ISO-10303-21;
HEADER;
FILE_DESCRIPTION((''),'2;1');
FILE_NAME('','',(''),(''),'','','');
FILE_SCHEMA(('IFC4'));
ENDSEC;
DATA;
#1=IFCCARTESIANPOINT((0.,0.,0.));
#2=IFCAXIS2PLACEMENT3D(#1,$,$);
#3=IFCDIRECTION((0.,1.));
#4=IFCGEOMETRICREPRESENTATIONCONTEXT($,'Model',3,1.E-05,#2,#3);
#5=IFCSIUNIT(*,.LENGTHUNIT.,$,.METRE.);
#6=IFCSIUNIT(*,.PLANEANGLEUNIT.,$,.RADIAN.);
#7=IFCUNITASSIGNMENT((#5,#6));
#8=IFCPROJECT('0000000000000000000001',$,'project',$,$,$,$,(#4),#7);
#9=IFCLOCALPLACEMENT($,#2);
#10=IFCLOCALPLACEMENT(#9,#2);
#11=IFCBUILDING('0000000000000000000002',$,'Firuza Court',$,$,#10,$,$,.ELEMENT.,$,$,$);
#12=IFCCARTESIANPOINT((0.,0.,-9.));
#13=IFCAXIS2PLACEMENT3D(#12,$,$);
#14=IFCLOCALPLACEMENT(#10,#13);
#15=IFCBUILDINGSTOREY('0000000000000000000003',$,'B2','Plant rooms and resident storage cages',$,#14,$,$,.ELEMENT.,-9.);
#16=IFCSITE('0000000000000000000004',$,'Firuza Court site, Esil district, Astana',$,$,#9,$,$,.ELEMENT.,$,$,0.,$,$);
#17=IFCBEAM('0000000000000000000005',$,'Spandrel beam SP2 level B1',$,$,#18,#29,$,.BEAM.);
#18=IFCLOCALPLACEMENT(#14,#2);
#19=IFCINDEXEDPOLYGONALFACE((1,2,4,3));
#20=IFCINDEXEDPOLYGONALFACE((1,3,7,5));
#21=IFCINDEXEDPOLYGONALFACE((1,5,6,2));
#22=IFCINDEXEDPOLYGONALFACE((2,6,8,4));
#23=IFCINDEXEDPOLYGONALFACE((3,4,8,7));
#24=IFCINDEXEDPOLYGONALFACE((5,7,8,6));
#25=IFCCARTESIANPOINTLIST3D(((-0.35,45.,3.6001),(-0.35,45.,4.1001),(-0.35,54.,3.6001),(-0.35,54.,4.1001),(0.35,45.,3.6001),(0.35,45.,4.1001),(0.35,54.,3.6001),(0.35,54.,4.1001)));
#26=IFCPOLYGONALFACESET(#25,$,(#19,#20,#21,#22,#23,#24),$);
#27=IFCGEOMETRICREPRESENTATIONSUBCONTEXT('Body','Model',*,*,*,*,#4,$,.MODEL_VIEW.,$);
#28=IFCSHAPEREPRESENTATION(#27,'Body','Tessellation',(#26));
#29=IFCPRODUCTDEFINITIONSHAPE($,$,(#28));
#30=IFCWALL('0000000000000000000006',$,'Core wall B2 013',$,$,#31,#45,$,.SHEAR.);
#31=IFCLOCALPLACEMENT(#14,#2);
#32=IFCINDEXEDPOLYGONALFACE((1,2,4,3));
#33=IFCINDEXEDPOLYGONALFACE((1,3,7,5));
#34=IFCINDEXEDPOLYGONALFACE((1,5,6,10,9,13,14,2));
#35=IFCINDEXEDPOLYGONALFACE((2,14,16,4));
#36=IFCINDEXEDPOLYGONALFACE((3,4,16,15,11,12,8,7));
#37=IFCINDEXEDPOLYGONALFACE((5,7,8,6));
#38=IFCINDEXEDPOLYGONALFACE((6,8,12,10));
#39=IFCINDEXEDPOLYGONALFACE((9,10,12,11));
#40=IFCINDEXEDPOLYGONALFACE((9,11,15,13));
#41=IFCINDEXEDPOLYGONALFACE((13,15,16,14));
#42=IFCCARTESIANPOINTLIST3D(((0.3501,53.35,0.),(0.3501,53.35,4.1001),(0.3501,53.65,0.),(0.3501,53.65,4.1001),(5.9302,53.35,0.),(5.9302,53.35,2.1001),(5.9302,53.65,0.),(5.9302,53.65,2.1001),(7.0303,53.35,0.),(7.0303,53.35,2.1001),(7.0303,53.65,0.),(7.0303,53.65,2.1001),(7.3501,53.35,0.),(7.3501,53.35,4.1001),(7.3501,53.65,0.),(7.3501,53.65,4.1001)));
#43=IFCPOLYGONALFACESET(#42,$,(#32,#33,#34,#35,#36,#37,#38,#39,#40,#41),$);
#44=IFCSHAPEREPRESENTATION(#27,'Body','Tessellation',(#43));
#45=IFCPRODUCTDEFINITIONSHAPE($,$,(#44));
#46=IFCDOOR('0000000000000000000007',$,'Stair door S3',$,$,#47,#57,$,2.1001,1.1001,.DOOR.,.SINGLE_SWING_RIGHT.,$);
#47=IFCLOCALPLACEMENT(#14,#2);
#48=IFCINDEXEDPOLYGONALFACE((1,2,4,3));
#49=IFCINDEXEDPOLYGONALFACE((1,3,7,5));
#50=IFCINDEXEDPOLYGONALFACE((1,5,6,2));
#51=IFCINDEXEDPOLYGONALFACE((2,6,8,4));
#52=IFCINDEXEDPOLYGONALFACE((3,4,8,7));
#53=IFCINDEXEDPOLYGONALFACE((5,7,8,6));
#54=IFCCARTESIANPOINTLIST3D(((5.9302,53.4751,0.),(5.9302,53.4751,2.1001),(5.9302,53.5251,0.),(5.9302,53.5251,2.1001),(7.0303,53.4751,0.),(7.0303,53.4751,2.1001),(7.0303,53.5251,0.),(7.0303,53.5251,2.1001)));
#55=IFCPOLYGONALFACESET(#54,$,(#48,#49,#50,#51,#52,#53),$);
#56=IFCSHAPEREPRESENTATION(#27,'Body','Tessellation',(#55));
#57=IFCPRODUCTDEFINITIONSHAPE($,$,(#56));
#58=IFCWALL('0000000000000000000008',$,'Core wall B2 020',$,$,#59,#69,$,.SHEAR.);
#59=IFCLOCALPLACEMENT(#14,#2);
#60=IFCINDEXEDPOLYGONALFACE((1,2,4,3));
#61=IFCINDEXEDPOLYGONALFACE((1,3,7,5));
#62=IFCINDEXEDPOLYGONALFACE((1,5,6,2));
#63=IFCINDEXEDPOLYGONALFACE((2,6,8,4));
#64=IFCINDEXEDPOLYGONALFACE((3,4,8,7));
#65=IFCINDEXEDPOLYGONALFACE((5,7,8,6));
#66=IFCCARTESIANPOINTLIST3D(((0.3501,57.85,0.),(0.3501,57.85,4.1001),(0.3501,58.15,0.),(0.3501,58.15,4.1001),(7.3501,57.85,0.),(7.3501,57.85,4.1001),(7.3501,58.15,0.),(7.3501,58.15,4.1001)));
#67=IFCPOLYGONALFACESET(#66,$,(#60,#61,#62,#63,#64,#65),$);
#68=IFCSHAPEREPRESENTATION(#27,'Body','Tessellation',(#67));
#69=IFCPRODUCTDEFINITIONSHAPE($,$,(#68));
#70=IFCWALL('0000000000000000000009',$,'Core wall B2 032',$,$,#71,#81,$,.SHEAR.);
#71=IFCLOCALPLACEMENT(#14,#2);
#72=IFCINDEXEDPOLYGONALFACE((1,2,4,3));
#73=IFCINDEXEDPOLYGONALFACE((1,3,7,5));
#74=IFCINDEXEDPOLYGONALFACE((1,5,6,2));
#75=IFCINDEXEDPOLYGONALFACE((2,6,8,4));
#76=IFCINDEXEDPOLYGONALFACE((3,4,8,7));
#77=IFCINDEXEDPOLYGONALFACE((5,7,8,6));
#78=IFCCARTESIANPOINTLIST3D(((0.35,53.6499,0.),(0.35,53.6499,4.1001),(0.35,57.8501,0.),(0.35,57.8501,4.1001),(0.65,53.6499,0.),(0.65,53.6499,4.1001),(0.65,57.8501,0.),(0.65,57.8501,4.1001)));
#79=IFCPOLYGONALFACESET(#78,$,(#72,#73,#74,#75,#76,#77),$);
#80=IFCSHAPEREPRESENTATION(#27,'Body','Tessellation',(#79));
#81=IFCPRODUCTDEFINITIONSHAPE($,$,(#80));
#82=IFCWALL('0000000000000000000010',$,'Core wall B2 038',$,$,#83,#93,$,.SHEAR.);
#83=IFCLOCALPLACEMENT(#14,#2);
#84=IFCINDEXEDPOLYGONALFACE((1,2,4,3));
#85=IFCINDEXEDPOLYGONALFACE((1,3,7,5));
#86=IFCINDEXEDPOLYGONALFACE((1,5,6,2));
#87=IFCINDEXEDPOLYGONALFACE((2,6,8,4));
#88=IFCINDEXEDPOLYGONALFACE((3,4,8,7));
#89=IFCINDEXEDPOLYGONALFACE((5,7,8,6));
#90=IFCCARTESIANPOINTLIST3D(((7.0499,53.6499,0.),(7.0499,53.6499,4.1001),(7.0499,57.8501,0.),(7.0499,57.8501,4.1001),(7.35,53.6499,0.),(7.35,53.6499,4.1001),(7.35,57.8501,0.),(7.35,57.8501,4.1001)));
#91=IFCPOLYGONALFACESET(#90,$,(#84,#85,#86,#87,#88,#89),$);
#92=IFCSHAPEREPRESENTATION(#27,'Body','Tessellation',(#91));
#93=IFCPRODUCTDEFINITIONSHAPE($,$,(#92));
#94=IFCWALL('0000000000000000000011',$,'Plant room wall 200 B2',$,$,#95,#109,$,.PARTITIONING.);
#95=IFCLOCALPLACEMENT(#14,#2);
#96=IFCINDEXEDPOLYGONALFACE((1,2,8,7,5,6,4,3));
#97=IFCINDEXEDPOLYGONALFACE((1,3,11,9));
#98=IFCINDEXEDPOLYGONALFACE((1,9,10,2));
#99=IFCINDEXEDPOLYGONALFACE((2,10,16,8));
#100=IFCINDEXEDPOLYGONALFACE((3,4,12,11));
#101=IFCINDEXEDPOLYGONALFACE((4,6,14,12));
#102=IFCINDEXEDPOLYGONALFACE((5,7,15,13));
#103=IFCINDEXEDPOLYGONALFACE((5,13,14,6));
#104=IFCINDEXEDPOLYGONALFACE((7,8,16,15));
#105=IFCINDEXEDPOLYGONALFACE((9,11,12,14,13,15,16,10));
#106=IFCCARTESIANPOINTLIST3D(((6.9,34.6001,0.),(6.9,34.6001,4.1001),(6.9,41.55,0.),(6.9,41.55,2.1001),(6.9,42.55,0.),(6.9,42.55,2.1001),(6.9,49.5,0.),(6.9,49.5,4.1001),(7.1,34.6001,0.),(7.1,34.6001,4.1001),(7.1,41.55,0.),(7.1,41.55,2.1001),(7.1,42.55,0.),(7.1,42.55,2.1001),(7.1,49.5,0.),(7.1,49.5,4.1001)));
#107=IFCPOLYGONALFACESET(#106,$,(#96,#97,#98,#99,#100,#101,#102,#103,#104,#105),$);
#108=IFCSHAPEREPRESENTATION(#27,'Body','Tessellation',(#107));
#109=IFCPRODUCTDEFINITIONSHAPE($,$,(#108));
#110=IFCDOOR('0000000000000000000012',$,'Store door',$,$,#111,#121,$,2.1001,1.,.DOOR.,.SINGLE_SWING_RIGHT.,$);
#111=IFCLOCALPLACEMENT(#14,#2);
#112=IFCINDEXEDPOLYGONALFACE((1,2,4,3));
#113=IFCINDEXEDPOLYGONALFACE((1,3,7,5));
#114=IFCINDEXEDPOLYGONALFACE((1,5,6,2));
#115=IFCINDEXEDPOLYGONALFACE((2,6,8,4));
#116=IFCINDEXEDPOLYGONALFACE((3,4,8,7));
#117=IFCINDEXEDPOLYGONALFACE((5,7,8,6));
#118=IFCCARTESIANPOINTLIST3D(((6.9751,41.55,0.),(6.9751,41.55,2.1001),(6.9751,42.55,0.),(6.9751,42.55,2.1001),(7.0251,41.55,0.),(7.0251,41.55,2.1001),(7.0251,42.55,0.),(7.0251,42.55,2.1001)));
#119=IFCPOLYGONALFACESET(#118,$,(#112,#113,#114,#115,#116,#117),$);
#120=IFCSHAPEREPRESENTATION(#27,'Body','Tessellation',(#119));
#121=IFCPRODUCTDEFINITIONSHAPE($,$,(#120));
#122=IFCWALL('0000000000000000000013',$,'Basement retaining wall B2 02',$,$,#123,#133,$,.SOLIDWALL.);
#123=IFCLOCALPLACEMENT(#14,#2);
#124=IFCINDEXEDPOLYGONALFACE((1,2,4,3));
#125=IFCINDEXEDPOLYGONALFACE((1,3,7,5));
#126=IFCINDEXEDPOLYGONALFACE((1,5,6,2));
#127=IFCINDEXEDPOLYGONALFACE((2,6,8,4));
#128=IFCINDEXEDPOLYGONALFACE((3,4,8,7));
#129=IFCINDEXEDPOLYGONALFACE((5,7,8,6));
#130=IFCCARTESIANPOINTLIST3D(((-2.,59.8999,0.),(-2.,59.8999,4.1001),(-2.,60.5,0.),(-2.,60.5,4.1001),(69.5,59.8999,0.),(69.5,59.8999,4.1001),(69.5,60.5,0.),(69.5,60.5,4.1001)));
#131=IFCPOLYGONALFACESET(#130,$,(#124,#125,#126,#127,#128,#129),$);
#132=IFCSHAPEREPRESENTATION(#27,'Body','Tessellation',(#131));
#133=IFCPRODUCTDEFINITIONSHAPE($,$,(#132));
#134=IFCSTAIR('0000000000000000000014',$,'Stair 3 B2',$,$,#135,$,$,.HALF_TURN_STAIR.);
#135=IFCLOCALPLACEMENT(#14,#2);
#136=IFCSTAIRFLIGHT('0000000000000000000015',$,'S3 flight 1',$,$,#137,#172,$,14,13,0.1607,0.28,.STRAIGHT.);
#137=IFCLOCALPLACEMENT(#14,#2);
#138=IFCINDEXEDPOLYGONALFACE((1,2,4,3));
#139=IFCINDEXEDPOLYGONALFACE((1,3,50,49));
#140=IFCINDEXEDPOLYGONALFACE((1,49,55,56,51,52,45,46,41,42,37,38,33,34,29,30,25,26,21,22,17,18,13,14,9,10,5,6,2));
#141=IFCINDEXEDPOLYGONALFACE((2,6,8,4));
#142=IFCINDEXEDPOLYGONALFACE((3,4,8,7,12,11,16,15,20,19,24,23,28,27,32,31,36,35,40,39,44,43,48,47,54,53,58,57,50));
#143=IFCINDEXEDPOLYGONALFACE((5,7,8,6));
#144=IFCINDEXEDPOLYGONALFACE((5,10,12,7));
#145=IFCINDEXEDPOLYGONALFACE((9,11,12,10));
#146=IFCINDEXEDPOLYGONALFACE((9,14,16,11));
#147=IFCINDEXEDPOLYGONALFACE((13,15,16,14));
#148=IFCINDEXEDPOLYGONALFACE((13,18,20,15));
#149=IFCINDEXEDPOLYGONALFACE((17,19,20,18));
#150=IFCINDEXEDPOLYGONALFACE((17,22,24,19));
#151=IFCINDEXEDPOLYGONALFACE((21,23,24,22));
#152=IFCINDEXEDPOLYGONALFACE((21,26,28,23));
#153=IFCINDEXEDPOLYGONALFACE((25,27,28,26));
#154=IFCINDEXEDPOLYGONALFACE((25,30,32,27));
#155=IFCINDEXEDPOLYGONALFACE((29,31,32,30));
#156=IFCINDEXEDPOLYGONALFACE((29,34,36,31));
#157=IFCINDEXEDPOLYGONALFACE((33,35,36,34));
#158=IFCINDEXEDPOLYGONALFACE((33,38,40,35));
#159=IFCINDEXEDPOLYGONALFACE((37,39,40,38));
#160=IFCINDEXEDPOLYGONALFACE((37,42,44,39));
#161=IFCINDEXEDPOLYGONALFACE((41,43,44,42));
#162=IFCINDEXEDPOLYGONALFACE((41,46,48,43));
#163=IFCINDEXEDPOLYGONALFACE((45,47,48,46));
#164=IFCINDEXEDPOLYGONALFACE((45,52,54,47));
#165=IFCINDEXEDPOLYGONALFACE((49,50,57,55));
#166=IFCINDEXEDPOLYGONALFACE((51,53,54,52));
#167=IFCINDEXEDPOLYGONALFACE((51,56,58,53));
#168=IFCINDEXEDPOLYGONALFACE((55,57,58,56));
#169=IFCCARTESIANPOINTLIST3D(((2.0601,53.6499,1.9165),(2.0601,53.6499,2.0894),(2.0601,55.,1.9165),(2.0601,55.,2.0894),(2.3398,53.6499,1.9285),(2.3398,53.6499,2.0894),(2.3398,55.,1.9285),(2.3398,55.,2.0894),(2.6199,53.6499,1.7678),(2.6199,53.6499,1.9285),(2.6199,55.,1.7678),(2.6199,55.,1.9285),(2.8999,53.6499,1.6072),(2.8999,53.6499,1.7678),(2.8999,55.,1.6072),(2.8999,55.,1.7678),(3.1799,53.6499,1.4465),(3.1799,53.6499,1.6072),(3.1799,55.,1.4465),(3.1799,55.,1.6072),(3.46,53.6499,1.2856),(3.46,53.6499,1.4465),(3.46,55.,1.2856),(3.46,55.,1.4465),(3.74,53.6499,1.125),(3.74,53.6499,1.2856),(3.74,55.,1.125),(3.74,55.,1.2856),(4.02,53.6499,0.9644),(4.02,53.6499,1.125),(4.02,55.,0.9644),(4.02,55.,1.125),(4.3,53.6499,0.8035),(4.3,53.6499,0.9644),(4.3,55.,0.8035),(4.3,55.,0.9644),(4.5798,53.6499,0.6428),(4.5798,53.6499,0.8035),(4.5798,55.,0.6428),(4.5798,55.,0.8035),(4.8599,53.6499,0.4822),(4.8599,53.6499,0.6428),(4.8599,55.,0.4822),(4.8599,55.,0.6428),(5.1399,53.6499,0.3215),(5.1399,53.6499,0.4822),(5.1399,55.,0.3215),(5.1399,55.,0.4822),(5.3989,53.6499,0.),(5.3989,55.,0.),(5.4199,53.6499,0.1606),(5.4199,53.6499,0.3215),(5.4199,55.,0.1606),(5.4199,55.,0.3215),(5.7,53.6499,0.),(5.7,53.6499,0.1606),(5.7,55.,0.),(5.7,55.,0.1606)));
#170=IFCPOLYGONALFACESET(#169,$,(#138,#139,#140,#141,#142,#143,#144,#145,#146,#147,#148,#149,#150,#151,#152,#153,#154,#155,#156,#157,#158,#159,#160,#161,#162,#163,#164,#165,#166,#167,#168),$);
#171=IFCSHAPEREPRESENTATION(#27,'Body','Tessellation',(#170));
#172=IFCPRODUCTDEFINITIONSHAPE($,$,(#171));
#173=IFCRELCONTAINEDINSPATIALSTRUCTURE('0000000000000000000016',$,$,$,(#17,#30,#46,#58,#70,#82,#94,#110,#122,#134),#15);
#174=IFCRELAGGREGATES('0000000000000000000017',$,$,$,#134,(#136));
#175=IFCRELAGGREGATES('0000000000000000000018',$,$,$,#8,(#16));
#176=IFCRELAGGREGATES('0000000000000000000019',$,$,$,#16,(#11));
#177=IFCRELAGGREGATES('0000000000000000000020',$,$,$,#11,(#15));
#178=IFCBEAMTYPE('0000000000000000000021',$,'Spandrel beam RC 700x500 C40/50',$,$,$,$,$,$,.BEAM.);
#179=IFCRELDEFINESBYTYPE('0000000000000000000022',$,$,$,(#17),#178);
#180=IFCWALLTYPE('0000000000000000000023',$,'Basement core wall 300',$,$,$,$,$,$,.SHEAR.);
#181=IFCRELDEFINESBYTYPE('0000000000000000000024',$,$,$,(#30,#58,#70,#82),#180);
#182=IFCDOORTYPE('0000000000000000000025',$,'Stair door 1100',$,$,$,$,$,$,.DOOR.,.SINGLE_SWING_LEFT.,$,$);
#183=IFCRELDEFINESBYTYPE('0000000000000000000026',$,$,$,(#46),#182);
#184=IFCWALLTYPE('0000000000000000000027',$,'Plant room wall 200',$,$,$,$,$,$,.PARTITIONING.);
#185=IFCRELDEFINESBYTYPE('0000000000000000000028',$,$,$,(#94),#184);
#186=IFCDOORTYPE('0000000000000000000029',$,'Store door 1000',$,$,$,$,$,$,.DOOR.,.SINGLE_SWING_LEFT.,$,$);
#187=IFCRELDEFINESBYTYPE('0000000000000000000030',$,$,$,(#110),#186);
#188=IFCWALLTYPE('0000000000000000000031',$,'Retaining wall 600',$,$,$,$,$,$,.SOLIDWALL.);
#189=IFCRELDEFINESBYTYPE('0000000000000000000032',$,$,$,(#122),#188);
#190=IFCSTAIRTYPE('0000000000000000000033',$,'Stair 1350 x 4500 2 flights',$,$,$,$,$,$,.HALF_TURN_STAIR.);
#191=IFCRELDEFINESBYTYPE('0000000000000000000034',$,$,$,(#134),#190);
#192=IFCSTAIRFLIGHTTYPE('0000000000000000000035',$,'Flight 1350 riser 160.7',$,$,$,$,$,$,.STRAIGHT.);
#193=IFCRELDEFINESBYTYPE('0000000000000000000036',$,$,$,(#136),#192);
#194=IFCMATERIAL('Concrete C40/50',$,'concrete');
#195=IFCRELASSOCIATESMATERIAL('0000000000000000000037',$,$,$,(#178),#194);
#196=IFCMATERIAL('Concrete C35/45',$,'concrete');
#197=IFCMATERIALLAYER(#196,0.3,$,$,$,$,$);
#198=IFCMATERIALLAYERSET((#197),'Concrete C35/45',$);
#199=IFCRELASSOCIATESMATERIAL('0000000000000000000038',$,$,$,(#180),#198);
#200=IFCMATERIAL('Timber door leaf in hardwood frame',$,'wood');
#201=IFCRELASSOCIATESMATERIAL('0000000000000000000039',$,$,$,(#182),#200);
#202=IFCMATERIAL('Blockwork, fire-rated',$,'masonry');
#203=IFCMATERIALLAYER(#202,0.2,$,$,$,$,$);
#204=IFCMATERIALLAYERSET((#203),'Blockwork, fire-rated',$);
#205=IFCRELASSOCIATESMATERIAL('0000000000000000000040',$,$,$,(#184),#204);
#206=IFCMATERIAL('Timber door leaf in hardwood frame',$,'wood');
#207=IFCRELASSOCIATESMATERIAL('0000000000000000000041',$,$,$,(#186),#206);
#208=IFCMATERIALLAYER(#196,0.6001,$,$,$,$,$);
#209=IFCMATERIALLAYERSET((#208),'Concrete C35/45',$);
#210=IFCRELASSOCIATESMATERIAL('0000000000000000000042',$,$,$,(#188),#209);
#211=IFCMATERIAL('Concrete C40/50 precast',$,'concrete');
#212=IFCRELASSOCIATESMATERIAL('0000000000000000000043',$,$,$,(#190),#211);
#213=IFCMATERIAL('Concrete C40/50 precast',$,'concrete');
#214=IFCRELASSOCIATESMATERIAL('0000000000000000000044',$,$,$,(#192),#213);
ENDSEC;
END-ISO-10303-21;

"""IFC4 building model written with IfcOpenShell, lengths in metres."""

from ifc_helpers import new_model, si_unit, direction, frame, frame_2d, origin, origin_2d, place, context, subcontext, project, spatial, polyline, rectangle, outline, extrude, material, layer, layer_set, material_profile, profile_set, type_object, element, fill, aggregate, save


model = new_model("IFC4")

# Units and contexts
model_context = context("Model", 3, precision=1e-05, world=origin(), true_north=direction((0.0, 1.0)))
body_context = subcontext(model_context, "Body", "Model", "MODEL_VIEW")
ifc_project = project(units=[si_unit("LENGTHUNIT", "METRE"), si_unit("PLANEANGLEUNIT", "RADIAN")], contexts=[model_context])

# Site, building, storey
site_placement = place(None, origin())
site = spatial("IfcSite", under=ifc_project, at=site_placement, Name="Firuza Court site, Esil district, Astana", CompositionType="ELEMENT", RefElevation=0.0)
building_placement = place(site_placement, origin())
building = spatial("IfcBuilding", under=site, at=building_placement, Name="Firuza Court", CompositionType="ELEMENT")
storey_placement = place(building_placement, frame((0.0, 0.0, -9.0)))
storey = spatial("IfcBuildingStorey", under=building, at=storey_placement, Name="B2", Description="Plant rooms and resident storage cages", CompositionType="ELEMENT", Elevation=-9.0)

# Beam
ifc_material_1 = material(Name="Concrete C40/50", Category="concrete")
ifc_material_profile_1 = material_profile(ifc_material_1, rectangle(XDim=0.7, YDim=0.5, at=origin_2d()), Name="RC 700x500")
ifc_profile_set_1 = profile_set([ifc_material_profile_1], Name="Concrete C40/50")
beam_type_1 = type_object("IfcBeamType", Name="Spandrel beam RC 700x500 C40/50", PredefinedType="BEAM", material=ifc_profile_set_1)
beam_1_placement = place(storey_placement, frame((0.0, 54.0, 3.8501), z_axis=(0.0, -1.0, 0.0), x_axis=(1.0, 0.0, 0.0)))
element("IfcBeam", 1, at=beam_1_placement, inside=storey, type_object=beam_type_1, Name="Spandrel beam SP2 level B1", PredefinedType="BEAM", context=body_context, shape_type="SweptSolid", body=[
    extrude(rectangle(XDim=0.7, YDim=0.5, at=origin_2d()), origin(), (0.0, 0.0, 1.0), 9.0),
])

# Wall, opening, door
ifc_material_2 = material(Name="Concrete C35/45", Category="concrete")
ifc_layer_1 = layer(ifc_material_2, 0.3)
ifc_layer_set_1 = layer_set([ifc_layer_1], Name="Concrete C35/45")
wall_type_1 = type_object("IfcWallType", Name="Basement core wall 300", PredefinedType="SHEAR", material=ifc_layer_set_1)
wall_1_placement = place(storey_placement, frame((0.3501, 53.5, 0.0), z_axis=(0.0, 0.0, 1.0), x_axis=(1.0, 0.0, 0.0)))
wall_1 = element("IfcWall", 2, at=wall_1_placement, inside=storey, type_object=wall_type_1, Name="Core wall B2 013", PredefinedType="SHEAR", context=body_context, shape_type="SweptSolid", body=[
    extrude(rectangle(XDim=7.0, YDim=0.3, at=frame_2d((3.5, 0.0))), origin(), (0.0, 0.0, 1.0), 4.1001),
])
opening_1_placement = place(wall_1_placement, frame((5.5801, 0.0, 0.0)))
opening_1 = element("IfcOpeningElement", 3, at=opening_1_placement, cuts=wall_1, PredefinedType="OPENING", context=body_context, shape_type="SweptSolid", body=[
    extrude(rectangle(XDim=1.1001, YDim=2.1001, at=frame_2d((0.55, 1.05))), frame((0.0, 0.1621, 0.0), z_axis=(0.0, -1.0, 0.0), x_axis=(1.0, 0.0, 0.0)), (0.0, 0.0, 1.0), 0.324),
])
ifc_material_3 = material(Name="Timber door leaf in hardwood frame", Category="wood")
door_type_1 = type_object("IfcDoorType", Name="Stair door 1100", OperationType="SINGLE_SWING_LEFT", PredefinedType="DOOR", material=ifc_material_3)
door_1_placement = place(opening_1_placement, frame((1.1001, 0.0, 0.0), z_axis=(0.0, 0.0, 1.0), x_axis=(-1.0, 0.0, 0.0)))
door_1 = element("IfcDoor", 4, at=door_1_placement, inside=storey, type_object=door_type_1, Name="Stair door S3", OperationType="SINGLE_SWING_RIGHT", OverallHeight=2.1001, OverallWidth=1.1001, PredefinedType="DOOR", context=body_context, shape_type="SweptSolid", body=[
    extrude(rectangle(XDim=1.1001, YDim=2.1001, at=frame_2d((0.55, 1.05))), frame((0.0, 0.0249, 0.0), z_axis=(0.0, -1.0, 0.0), x_axis=(1.0, 0.0, 0.0)), (0.0, 0.0, 1.0), 0.05),
])
fill(opening_1, door_1)

# Walls
wall_2_placement = place(storey_placement, frame((0.3501, 58.0, 0.0), z_axis=(0.0, 0.0, 1.0), x_axis=(1.0, 0.0, 0.0)))
element("IfcWall", 5, at=wall_2_placement, inside=storey, type_object=wall_type_1, Name="Core wall B2 020", PredefinedType="SHEAR", context=body_context, shape_type="SweptSolid", body=[
    extrude(rectangle(XDim=7.0, YDim=0.3, at=frame_2d((3.5, 0.0))), origin(), (0.0, 0.0, 1.0), 4.1001),
])
for number, where, z_axis, x_axis, name in (
    (6, (0.5, 53.6499, 0.0), (0.0, 0.0, 1.0), (0.0, 1.0, 0.0), "Core wall B2 032"),
    (7, (7.2, 53.6499, 0.0), (0.0, 0.0, 1.0), (0.0, 1.0, 0.0), "Core wall B2 038"),
):
    element("IfcWall", number, at=place(storey_placement, frame(where, z_axis=z_axis, x_axis=x_axis)), inside=storey, type_object=wall_type_1, Name=name, PredefinedType="SHEAR", context=body_context, shape_type="SweptSolid", body=[
        extrude(rectangle(XDim=4.2002, YDim=0.3, at=frame_2d((2.1001, 0.0))), origin(), (0.0, 0.0, 1.0), 4.1001),
    ])

# Wall, opening, door
ifc_material_4 = material(Name="Blockwork, fire-rated", Category="masonry")
ifc_layer_2 = layer(ifc_material_4, 0.2)
ifc_layer_set_2 = layer_set([ifc_layer_2], Name="Blockwork, fire-rated")
wall_type_2 = type_object("IfcWallType", Name="Plant room wall 200", PredefinedType="PARTITIONING", material=ifc_layer_set_2)
wall_3_placement = place(storey_placement, frame((7.0, 49.5, 0.0), z_axis=(0.0, 0.0, 1.0), x_axis=(0.0, -1.0, 0.0)))
wall_3 = element("IfcWall", 8, at=wall_3_placement, inside=storey, type_object=wall_type_2, Name="Plant room wall 200 B2", PredefinedType="PARTITIONING", context=body_context, shape_type="SweptSolid", body=[
    extrude(rectangle(XDim=14.8999, YDim=0.2, at=frame_2d((7.45, 0.0))), origin(), (0.0, 0.0, 1.0), 4.1001),
])
opening_2_placement = place(wall_3_placement, frame((6.95, 0.0, 0.0)))
opening_2 = element("IfcOpeningElement", 9, at=opening_2_placement, cuts=wall_3, PredefinedType="OPENING", context=body_context, shape_type="SweptSolid", body=[
    extrude(rectangle(XDim=1.0, YDim=2.1001, at=frame_2d((0.5, 1.05))), frame((0.0, 0.1118, 0.0), z_axis=(0.0, -1.0, 0.0), x_axis=(1.0, 0.0, 0.0)), (0.0, 0.0, 1.0), 0.2239),
])
ifc_material_5 = material(Name="Timber door leaf in hardwood frame", Category="wood")
door_type_2 = type_object("IfcDoorType", Name="Store door 1000", OperationType="SINGLE_SWING_LEFT", PredefinedType="DOOR", material=ifc_material_5)
door_2_placement = place(opening_2_placement, frame((1.0, 0.0, 0.0), z_axis=(0.0, 0.0, 1.0), x_axis=(-1.0, 0.0, 0.0)))
door_2 = element("IfcDoor", 10, at=door_2_placement, inside=storey, type_object=door_type_2, Name="Store door", OperationType="SINGLE_SWING_RIGHT", OverallHeight=2.1001, OverallWidth=1.0, PredefinedType="DOOR", context=body_context, shape_type="SweptSolid", body=[
    extrude(rectangle(XDim=1.0, YDim=2.1001, at=frame_2d((0.5, 1.05))), frame((0.0, 0.0249, 0.0), z_axis=(0.0, -1.0, 0.0), x_axis=(1.0, 0.0, 0.0)), (0.0, 0.0, 1.0), 0.05),
])
fill(opening_2, door_2)

# Wall
ifc_layer_3 = layer(ifc_material_2, 0.6001)
ifc_layer_set_3 = layer_set([ifc_layer_3], Name="Concrete C35/45")
wall_type_3 = type_object("IfcWallType", Name="Retaining wall 600", PredefinedType="SOLIDWALL", material=ifc_layer_set_3)
wall_4_placement = place(storey_placement, frame((-2.0, 60.2, 0.0), z_axis=(0.0, 0.0, 1.0), x_axis=(1.0, 0.0, 0.0)))
element("IfcWall", 11, at=wall_4_placement, inside=storey, type_object=wall_type_3, Name="Basement retaining wall B2 02", PredefinedType="SOLIDWALL", context=body_context, shape_type="SweptSolid", body=[
    extrude(rectangle(XDim=71.5, YDim=0.6001, at=frame_2d((35.75, 0.0))), origin(), (0.0, 0.0, 1.0), 4.1001),
])

# Stair, stair flight
ifc_material_6 = material(Name="Concrete C40/50 precast", Category="concrete")
stair_type = type_object("IfcStairType", Name="Stair 1350 x 4500 2 flights", PredefinedType="HALF_TURN_STAIR", material=ifc_material_6)
stair_placement = place(storey_placement, origin())
stair = element("IfcStair", 12, at=stair_placement, inside=storey, type_object=stair_type, Name="Stair 3 B2", PredefinedType="HALF_TURN_STAIR")
ifc_material_7 = material(Name="Concrete C40/50 precast", Category="concrete")
stair_flight_type = type_object("IfcStairFlightType", Name="Flight 1350 riser 160.7", PredefinedType="STRAIGHT", material=ifc_material_7)
stair_flight_1_placement = place(storey_placement, frame((5.7, 54.325, 0.0), z_axis=(0.0, 0.0, 1.0), x_axis=(-1.0, 0.0, 0.0)))
stair_flight_1 = element("IfcStairFlight", 13, at=stair_flight_1_placement, type_object=stair_flight_type, Name="S3 flight 1", NumberOfRisers=14, NumberOfTreads=13, PredefinedType="STRAIGHT", RiserHeight=0.1607, TreadLength=0.28, context=body_context, shape_type="SweptSolid", body=[
    extrude(outline(polyline([(0.0, 0.0), (0.0, 0.1606), (0.28, 0.1606), (0.28, 0.3215), (0.5601, 0.3215), (0.5601, 0.4822), (0.8401, 0.4822), (0.8401, 0.6428), (1.1201, 0.6428), (1.1201, 0.8035), (1.3999, 0.8035), (1.3999, 0.9644), (1.6799, 0.9644), (1.6799, 1.125), (1.96, 1.125), (1.96, 1.2856), (2.24, 1.2856), (2.24, 1.4465), (2.52, 1.4465), (2.52, 1.6072), (2.8, 1.6072), (2.8, 1.7678), (3.0801, 1.7678), (3.0801, 1.9285), (3.3601, 1.9285), (3.3601, 2.0894), (3.6399, 2.0894), (3.6399, 2.25), (3.6399, 1.9165), (0.301, 0.0), (0.0, 0.0)])), frame((0.0, 0.675, 0.0), z_axis=(0.0, -1.0, 0.0), x_axis=(1.0, 0.0, 0.0)), (0.0, 0.0, 1.0), 1.3501),
])
aggregate(stair, [stair_flight_1])

save(model, "model.ifc")
